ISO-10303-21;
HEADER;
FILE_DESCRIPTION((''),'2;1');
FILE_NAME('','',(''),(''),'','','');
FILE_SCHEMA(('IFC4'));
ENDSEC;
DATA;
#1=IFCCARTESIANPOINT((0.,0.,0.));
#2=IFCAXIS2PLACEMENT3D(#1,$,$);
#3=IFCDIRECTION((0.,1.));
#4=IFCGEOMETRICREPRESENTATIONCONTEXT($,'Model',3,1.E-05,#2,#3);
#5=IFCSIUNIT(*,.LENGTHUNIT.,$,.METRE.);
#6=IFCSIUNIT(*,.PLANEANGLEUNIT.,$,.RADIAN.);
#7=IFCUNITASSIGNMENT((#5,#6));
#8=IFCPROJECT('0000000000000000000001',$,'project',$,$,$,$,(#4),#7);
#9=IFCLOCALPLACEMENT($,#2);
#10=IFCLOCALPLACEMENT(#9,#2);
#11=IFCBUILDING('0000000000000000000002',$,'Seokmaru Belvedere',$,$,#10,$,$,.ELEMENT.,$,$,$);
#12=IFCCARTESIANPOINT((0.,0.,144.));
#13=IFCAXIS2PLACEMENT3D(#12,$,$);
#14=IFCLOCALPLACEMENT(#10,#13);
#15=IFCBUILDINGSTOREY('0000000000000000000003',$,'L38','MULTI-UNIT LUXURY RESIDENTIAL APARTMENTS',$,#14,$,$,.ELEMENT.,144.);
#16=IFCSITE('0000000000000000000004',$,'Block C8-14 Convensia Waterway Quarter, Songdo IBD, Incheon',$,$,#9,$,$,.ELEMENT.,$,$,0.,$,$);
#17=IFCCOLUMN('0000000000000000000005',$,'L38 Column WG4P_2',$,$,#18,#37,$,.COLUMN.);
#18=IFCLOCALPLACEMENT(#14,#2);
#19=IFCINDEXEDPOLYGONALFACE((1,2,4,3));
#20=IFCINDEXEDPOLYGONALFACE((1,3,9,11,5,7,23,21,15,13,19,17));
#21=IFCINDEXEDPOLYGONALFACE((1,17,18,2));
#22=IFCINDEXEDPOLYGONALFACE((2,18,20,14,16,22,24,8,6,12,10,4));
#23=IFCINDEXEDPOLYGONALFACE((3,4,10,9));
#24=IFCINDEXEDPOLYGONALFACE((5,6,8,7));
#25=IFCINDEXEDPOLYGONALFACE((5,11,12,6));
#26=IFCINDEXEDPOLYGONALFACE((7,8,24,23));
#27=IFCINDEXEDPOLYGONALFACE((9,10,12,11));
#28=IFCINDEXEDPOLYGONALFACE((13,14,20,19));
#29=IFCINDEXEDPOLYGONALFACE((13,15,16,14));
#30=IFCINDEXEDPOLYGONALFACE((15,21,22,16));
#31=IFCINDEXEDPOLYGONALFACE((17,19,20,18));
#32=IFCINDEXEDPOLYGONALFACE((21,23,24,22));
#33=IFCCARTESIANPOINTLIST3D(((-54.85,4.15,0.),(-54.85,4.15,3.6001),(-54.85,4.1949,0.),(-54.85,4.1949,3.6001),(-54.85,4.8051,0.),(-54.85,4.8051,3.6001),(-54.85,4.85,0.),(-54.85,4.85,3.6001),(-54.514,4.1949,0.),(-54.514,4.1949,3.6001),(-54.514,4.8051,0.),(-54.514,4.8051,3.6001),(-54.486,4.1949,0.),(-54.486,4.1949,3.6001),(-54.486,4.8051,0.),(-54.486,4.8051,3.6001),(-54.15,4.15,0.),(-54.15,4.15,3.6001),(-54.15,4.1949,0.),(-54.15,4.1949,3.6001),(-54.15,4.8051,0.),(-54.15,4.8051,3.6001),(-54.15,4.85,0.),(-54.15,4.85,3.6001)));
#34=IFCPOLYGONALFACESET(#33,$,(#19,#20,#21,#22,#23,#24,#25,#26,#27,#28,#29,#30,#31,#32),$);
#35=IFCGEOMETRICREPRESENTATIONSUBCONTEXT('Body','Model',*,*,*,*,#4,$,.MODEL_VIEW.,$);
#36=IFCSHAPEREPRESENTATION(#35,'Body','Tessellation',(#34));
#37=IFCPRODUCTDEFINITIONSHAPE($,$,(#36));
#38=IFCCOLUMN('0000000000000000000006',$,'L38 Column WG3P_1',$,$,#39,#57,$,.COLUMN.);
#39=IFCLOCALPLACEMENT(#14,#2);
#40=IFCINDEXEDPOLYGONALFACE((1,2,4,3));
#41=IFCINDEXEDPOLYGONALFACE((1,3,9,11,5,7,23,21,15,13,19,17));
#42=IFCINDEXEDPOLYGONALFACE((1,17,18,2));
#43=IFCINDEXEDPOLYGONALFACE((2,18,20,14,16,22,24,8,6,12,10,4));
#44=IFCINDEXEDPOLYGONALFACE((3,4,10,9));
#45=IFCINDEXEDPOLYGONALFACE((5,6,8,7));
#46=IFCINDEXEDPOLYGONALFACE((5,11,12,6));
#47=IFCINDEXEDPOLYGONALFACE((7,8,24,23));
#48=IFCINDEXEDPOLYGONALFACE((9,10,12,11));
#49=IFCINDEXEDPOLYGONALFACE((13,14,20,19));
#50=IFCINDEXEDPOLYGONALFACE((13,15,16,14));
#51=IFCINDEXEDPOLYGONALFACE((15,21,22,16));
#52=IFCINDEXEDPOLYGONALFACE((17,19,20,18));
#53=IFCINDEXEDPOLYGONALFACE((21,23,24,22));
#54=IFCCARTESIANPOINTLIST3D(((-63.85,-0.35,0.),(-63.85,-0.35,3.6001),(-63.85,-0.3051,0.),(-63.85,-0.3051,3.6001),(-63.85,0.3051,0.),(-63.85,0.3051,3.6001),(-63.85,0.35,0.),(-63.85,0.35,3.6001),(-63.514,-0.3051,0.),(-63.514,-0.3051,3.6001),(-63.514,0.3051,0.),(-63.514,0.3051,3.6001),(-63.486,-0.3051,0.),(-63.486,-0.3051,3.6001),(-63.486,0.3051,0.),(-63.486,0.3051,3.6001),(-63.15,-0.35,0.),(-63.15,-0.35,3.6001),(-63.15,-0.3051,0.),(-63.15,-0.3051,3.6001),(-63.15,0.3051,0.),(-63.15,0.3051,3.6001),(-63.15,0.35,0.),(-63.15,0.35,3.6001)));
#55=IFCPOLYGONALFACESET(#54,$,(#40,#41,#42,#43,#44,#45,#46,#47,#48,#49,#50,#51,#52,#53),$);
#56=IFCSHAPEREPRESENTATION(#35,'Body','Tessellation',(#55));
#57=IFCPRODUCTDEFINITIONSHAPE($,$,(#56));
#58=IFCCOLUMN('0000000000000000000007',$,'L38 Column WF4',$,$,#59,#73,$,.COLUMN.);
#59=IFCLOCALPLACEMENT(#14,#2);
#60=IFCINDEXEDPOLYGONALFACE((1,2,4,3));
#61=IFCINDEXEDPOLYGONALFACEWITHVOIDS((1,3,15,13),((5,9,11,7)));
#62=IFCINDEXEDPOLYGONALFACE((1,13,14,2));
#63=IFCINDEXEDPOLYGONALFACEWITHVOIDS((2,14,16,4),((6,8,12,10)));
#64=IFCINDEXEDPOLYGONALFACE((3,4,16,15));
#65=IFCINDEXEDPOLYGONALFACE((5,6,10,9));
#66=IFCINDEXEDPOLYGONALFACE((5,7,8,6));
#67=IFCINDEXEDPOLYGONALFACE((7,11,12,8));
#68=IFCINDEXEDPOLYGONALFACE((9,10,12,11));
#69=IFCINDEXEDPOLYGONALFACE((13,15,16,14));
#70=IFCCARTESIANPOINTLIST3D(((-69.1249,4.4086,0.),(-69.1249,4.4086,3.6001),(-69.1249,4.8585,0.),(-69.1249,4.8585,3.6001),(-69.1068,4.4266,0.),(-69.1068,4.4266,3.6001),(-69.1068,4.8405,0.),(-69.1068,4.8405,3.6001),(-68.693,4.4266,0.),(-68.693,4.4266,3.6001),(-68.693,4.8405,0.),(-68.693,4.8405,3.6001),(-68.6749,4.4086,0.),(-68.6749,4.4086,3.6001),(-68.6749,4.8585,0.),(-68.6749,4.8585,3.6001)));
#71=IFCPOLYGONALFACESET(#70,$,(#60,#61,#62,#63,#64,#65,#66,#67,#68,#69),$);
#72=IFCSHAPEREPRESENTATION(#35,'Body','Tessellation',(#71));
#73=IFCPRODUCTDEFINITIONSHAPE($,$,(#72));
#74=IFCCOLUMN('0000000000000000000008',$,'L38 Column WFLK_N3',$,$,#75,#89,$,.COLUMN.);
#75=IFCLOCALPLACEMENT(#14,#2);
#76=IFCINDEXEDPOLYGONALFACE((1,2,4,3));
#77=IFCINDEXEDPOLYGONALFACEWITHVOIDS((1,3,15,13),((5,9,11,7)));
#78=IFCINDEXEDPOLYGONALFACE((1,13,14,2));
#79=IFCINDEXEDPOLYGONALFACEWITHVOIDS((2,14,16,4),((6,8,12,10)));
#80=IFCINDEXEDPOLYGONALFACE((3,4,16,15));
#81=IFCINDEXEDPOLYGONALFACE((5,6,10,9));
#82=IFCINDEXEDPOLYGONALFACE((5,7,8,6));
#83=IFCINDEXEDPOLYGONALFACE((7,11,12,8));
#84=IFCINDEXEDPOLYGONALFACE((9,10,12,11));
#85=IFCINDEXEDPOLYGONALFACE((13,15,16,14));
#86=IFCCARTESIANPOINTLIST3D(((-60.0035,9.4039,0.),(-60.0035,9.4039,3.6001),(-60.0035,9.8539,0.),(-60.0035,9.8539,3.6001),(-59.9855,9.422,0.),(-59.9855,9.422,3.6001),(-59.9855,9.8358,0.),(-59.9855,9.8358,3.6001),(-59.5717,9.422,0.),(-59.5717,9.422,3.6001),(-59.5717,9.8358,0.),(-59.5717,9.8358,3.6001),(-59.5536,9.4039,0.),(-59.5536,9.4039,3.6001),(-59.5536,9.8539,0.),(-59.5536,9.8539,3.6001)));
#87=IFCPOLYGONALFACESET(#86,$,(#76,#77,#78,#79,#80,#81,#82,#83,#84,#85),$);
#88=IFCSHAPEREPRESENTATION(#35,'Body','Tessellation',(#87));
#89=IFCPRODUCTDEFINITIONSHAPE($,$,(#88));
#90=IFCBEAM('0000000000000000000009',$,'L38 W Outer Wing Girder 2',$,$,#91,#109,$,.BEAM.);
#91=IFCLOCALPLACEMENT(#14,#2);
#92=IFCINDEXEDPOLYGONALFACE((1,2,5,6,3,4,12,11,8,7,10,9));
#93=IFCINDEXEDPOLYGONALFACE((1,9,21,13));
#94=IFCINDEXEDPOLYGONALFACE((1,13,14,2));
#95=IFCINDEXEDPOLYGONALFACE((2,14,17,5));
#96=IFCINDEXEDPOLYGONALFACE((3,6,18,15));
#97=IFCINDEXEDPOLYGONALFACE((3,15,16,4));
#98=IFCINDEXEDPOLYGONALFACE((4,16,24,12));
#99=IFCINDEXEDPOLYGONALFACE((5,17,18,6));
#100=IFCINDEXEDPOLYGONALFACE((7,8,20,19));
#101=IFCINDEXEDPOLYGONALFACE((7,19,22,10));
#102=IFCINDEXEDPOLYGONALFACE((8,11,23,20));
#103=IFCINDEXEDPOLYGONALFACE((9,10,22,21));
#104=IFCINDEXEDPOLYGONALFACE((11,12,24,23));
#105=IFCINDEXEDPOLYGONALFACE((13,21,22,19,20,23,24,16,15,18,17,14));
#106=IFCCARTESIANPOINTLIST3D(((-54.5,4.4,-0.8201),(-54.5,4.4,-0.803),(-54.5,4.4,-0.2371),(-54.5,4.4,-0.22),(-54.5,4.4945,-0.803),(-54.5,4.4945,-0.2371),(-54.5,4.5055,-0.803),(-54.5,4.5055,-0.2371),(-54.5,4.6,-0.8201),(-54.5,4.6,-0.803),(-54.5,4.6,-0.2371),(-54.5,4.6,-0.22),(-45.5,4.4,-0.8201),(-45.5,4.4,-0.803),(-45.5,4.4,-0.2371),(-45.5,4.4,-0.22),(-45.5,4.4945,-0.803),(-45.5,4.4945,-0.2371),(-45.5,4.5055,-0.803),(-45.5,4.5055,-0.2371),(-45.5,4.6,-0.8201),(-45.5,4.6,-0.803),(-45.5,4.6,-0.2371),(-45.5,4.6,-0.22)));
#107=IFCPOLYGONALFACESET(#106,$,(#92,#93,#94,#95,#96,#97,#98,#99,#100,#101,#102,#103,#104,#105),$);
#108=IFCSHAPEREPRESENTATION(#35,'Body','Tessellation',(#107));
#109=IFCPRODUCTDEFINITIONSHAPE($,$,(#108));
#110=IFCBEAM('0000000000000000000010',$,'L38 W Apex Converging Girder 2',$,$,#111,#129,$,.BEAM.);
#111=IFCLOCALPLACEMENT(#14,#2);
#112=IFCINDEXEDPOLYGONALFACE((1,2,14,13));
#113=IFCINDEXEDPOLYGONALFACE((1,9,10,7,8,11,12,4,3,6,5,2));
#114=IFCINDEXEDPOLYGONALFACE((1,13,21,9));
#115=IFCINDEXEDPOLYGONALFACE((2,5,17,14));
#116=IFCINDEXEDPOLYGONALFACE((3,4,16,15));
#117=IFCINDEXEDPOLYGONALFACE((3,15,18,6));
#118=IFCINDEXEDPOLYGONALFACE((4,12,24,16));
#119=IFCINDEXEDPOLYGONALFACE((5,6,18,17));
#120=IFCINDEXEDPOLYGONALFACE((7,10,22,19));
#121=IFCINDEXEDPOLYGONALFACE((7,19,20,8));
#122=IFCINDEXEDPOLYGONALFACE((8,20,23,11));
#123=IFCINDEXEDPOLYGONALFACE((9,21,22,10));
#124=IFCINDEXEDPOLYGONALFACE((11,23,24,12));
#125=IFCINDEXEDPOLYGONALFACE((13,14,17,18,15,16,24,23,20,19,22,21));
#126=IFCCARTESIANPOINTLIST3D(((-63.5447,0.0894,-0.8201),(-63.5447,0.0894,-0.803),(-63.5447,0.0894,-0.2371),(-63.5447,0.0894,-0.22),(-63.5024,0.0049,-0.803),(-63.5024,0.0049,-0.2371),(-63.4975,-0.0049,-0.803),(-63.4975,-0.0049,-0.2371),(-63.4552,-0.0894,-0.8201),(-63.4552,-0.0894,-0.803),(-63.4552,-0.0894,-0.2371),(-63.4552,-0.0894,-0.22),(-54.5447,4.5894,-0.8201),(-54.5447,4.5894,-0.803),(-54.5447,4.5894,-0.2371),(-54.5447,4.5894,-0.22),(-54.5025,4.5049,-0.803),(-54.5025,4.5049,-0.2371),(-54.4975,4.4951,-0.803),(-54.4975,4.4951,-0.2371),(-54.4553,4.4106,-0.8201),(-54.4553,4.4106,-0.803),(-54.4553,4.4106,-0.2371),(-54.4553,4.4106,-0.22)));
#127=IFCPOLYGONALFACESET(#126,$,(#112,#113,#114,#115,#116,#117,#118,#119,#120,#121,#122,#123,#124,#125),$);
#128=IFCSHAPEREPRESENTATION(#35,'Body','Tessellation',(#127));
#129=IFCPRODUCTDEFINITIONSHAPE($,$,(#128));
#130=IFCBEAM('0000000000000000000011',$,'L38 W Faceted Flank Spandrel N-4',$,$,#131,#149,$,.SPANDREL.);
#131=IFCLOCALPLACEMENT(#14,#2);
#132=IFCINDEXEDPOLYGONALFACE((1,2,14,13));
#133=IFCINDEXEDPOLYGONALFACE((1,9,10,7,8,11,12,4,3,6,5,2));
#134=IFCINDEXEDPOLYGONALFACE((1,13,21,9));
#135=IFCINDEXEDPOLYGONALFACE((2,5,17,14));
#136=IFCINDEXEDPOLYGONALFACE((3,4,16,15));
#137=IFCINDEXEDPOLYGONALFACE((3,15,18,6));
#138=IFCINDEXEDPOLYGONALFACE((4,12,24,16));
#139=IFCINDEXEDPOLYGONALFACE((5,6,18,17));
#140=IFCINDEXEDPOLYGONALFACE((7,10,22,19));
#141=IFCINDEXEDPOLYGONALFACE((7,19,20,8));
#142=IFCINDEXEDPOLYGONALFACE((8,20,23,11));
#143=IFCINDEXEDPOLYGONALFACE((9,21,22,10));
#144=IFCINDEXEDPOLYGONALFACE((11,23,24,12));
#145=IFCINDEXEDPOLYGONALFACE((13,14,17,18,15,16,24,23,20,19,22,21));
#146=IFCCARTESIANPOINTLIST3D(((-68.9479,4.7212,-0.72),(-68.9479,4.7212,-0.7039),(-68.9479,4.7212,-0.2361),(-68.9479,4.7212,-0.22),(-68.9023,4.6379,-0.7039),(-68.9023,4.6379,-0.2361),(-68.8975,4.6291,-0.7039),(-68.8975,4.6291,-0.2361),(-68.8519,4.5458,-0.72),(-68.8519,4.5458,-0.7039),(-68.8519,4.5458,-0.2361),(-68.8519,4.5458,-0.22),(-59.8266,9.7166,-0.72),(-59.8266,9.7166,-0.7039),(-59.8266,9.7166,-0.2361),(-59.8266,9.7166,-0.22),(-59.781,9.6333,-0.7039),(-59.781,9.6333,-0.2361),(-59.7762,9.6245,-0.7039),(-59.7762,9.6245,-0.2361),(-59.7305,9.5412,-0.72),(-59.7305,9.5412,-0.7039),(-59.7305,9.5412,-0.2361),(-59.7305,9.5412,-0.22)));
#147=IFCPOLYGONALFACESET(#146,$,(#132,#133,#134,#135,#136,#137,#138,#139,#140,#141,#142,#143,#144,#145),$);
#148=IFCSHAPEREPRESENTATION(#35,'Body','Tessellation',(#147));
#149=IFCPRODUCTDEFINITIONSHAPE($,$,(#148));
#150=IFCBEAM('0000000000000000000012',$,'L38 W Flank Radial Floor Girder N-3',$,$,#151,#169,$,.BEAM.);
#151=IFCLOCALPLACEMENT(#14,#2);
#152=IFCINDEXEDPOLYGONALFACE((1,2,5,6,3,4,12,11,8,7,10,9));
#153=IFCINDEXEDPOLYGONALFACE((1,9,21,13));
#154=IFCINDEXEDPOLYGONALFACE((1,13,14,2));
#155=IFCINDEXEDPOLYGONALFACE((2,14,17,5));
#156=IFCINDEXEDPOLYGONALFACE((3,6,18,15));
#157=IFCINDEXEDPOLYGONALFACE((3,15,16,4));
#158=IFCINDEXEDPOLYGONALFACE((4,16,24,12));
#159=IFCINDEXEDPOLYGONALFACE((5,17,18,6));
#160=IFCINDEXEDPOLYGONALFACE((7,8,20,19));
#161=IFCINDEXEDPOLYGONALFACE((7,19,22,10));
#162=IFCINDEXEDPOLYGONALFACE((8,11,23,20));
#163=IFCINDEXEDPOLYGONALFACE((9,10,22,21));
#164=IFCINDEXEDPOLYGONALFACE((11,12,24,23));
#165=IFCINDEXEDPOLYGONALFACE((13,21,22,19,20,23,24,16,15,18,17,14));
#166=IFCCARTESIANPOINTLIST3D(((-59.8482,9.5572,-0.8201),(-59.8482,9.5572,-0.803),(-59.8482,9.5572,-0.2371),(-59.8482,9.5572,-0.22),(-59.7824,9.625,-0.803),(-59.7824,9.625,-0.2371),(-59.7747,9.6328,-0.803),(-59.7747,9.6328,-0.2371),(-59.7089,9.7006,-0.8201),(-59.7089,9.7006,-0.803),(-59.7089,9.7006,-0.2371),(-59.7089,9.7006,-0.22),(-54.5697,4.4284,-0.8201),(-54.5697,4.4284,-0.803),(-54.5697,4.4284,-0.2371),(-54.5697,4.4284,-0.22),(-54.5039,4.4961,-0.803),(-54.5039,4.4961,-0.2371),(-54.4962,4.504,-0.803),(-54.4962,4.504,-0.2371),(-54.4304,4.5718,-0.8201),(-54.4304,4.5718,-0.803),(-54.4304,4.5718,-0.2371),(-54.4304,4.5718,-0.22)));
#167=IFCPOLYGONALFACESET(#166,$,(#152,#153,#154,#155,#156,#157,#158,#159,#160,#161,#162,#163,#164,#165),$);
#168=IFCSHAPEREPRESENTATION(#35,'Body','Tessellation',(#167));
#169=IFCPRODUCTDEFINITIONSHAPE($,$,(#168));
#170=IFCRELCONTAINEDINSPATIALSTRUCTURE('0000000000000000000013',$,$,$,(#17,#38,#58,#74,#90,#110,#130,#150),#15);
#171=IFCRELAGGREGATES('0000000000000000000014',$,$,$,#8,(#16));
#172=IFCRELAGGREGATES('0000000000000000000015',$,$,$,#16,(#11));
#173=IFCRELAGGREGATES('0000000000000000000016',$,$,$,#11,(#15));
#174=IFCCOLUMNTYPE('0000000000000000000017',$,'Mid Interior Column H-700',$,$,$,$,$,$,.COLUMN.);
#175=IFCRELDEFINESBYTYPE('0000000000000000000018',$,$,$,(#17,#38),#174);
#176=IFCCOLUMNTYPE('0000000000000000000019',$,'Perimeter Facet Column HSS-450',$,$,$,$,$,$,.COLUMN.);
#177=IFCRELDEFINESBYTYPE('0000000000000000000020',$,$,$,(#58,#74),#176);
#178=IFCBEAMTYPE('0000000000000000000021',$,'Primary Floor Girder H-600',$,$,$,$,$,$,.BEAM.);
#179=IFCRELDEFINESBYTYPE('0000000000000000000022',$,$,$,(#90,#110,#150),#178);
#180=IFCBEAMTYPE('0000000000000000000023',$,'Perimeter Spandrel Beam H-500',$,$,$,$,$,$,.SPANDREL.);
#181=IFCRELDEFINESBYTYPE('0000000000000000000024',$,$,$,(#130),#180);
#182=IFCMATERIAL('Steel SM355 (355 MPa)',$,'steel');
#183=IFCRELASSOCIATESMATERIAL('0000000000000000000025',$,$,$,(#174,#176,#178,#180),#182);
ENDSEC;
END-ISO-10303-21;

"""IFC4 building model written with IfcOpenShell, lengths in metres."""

from ifc_helpers import new_model, si_unit, direction, frame, origin, origin_2d, place, context, subcontext, project, spatial, hollow_rectangle, i_section, extrude, source, transform, mapped, material, material_profile, profile_set, type_object, type_shapes, element, save


model = new_model("IFC4")

# Units and contexts
model_context = context("Model", 3, precision=1e-05, world=origin(), true_north=direction((0.0, 1.0)))
body_context = subcontext(model_context, "Body", "Model", "MODEL_VIEW")
ifc_project = project(units=[si_unit("LENGTHUNIT", "METRE"), si_unit("PLANEANGLEUNIT", "RADIAN")], contexts=[model_context])

# Site, building, storey
site_placement = place(None, origin())
site = spatial("IfcSite", under=ifc_project, at=site_placement, Name="Block C8-14 Convensia Waterway Quarter, Songdo IBD, Incheon", CompositionType="ELEMENT", RefElevation=0.0)
building_placement = place(site_placement, origin())
building = spatial("IfcBuilding", under=site, at=building_placement, Name="Seokmaru Belvedere", CompositionType="ELEMENT")
storey_placement = place(building_placement, frame((0.0, 0.0, 144.0)))
storey = spatial("IfcBuildingStorey", under=building, at=storey_placement, Name="L38", Description="MULTI-UNIT LUXURY RESIDENTIAL APARTMENTS", CompositionType="ELEMENT", Elevation=144.0)

# Columns
ifc_material_1 = material(Name="Steel SM355 (355 MPa)", Category="steel")
ifc_material_profile_1 = material_profile(ifc_material_1, i_section(OverallWidth=0.7, OverallDepth=0.7, WebThickness=0.0281, FlangeThickness=0.0449, at=origin_2d()), Name="H-700x700x28x45")
ifc_profile_set_1 = profile_set([ifc_material_profile_1], Name="Steel SM355 (355 MPa)")
column_type_1 = type_object("IfcColumnType", Name="Mid Interior Column H-700", PredefinedType="COLUMN", material=ifc_profile_set_1)
shared_shape_1 = source(origin(), body_context, "Body", "SweptSolid", [
    extrude(i_section(OverallWidth=0.7, OverallDepth=0.7, WebThickness=0.0281, FlangeThickness=0.0449, at=origin_2d()), origin(), (0.0, 0.0, 1.0), 3.6001),
])
type_shapes(column_type_1, [shared_shape_1])
for number, where, z_axis, x_axis, name in (
    (1, (-54.5, 4.5, 0.0), (0.0, 0.0, 1.0), (1.0, 0.0, 0.0), "L38 Column WG4P_2"),
    (2, (-63.5, 0.0, 0.0), (0.0, 0.0, 1.0), (1.0, 0.0, 0.0), "L38 Column WG3P_1"),
):
    element("IfcColumn", number, at=place(storey_placement, frame(where, z_axis=z_axis, x_axis=x_axis)), inside=storey, type_object=column_type_1, Name=name, PredefinedType="COLUMN", context=body_context, shape_type="MappedRepresentation", body=[
        mapped(shared_shape_1, transform((0.0, 0.0, 0.0), scale=1.0)),
    ])
ifc_material_profile_2 = material_profile(ifc_material_1, hollow_rectangle(XDim=0.45, YDim=0.45, WallThickness=0.0181, at=origin_2d()), Name="HSS-450x450x18")
ifc_profile_set_2 = profile_set([ifc_material_profile_2], Name="Steel SM355 (355 MPa)")
column_type_2 = type_object("IfcColumnType", Name="Perimeter Facet Column HSS-450", PredefinedType="COLUMN", material=ifc_profile_set_2)
shared_shape_2 = source(origin(), body_context, "Body", "SweptSolid", [
    extrude(hollow_rectangle(XDim=0.45, YDim=0.45, WallThickness=0.0181, at=origin_2d()), origin(), (0.0, 0.0, 1.0), 3.6001),
])
type_shapes(column_type_2, [shared_shape_2])
for number, where, z_axis, x_axis, name in (
    (3, (-68.8999, 4.6335, 0.0), (0.0, 0.0, 1.0), (1.0, 0.0, 0.0), "L38 Column WF4"),
    (4, (-59.7786, 9.6289, 0.0), (0.0, 0.0, 1.0), (1.0, 0.0, 0.0), "L38 Column WFLK_N3"),
):
    element("IfcColumn", number, at=place(storey_placement, frame(where, z_axis=z_axis, x_axis=x_axis)), inside=storey, type_object=column_type_2, Name=name, PredefinedType="COLUMN", context=body_context, shape_type="MappedRepresentation", body=[
        mapped(shared_shape_2, transform((0.0, 0.0, 0.0), scale=1.0)),
    ])

# Beams
ifc_material_profile_3 = material_profile(ifc_material_1, i_section(OverallWidth=0.2, OverallDepth=0.6001, WebThickness=0.011, FlangeThickness=0.0171, at=origin_2d()), Name="H-600x200x11x17")
ifc_profile_set_3 = profile_set([ifc_material_profile_3], Name="Steel SM355 (355 MPa)")
beam_type_1 = type_object("IfcBeamType", Name="Primary Floor Girder H-600", PredefinedType="BEAM", material=ifc_profile_set_3)
shared_shape_3 = source(origin(), body_context, "Body", "SweptSolid", [
    extrude(i_section(OverallWidth=0.2, OverallDepth=0.6001, WebThickness=0.011, FlangeThickness=0.0171, at=origin_2d()), origin(), (0.0, 0.0, 1.0), 9.0),
])
beam_1_placement = place(storey_placement, frame((-54.5, 4.5, -0.52), z_axis=(1.0, 0.0, 0.0), x_axis=(0.0, 1.0, 0.0)))
element("IfcBeam", 5, at=beam_1_placement, inside=storey, type_object=beam_type_1, Name="L38 W Outer Wing Girder 2", PredefinedType="BEAM", context=body_context, shape_type="MappedRepresentation", body=[
    mapped(shared_shape_3, transform((0.0, 0.0, 0.0), scale=1.0)),
])
shared_shape_4 = source(origin(), body_context, "Body", "SweptSolid", [
    extrude(i_section(OverallWidth=0.2, OverallDepth=0.6001, WebThickness=0.011, FlangeThickness=0.0171, at=origin_2d()), origin(), (0.0, 0.0, 1.0), 10.0623),
])
beam_2_placement = place(storey_placement, frame((-54.5, 4.5, -0.52), z_axis=(-0.894427, -0.447214, 0.0), x_axis=(0.447214, -0.894427, 0.0)))
element("IfcBeam", 6, at=beam_2_placement, inside=storey, type_object=beam_type_1, Name="L38 W Apex Converging Girder 2", PredefinedType="BEAM", context=body_context, shape_type="MappedRepresentation", body=[
    mapped(shared_shape_4, transform((0.0, 0.0, 0.0), scale=1.0)),
])
ifc_material_profile_4 = material_profile(ifc_material_1, i_section(OverallWidth=0.2, OverallDepth=0.5, WebThickness=0.01, FlangeThickness=0.0161, at=origin_2d()), Name="H-500x200x10x16")
ifc_profile_set_4 = profile_set([ifc_material_profile_4], Name="Steel SM355 (355 MPa)")
beam_type_2 = type_object("IfcBeamType", Name="Perimeter Spandrel Beam H-500", PredefinedType="SPANDREL", material=ifc_profile_set_4)
shared_shape_5 = source(origin(), body_context, "Body", "SweptSolid", [
    extrude(i_section(OverallWidth=0.2, OverallDepth=0.5, WebThickness=0.01, FlangeThickness=0.0161, at=origin_2d()), origin(), (0.0, 0.0, 1.0), 10.3997),
])
type_shapes(beam_type_2, [shared_shape_5])
beam_3_placement = place(storey_placement, frame((-59.7786, 9.6289, -0.47), z_axis=(-0.877082, -0.48034, 0.0), x_axis=(0.48034, -0.877082, 0.0)))
element("IfcBeam", 7, at=beam_3_placement, inside=storey, type_object=beam_type_2, Name="L38 W Faceted Flank Spandrel N-4", PredefinedType="SPANDREL", context=body_context, shape_type="MappedRepresentation", body=[
    mapped(shared_shape_5, transform((0.0, 0.0, 0.0), scale=1.0)),
])
shared_shape_6 = source(origin(), body_context, "Body", "SweptSolid", [
    extrude(i_section(OverallWidth=0.2, OverallDepth=0.6001, WebThickness=0.011, FlangeThickness=0.0171, at=origin_2d()), origin(), (0.0, 0.0, 1.0), 7.3599),
])
beam_4_placement = place(storey_placement, frame((-59.7786, 9.6289, -0.52), z_axis=(0.717201, -0.696867, 0.0), x_axis=(0.696867, 0.717201, 0.0)))
element("IfcBeam", 8, at=beam_4_placement, inside=storey, type_object=beam_type_1, Name="L38 W Flank Radial Floor Girder N-3", PredefinedType="BEAM", context=body_context, shape_type="MappedRepresentation", body=[
    mapped(shared_shape_6, transform((0.0, 0.0, 0.0), scale=1.0)),
])

save(model, "model.ifc")
